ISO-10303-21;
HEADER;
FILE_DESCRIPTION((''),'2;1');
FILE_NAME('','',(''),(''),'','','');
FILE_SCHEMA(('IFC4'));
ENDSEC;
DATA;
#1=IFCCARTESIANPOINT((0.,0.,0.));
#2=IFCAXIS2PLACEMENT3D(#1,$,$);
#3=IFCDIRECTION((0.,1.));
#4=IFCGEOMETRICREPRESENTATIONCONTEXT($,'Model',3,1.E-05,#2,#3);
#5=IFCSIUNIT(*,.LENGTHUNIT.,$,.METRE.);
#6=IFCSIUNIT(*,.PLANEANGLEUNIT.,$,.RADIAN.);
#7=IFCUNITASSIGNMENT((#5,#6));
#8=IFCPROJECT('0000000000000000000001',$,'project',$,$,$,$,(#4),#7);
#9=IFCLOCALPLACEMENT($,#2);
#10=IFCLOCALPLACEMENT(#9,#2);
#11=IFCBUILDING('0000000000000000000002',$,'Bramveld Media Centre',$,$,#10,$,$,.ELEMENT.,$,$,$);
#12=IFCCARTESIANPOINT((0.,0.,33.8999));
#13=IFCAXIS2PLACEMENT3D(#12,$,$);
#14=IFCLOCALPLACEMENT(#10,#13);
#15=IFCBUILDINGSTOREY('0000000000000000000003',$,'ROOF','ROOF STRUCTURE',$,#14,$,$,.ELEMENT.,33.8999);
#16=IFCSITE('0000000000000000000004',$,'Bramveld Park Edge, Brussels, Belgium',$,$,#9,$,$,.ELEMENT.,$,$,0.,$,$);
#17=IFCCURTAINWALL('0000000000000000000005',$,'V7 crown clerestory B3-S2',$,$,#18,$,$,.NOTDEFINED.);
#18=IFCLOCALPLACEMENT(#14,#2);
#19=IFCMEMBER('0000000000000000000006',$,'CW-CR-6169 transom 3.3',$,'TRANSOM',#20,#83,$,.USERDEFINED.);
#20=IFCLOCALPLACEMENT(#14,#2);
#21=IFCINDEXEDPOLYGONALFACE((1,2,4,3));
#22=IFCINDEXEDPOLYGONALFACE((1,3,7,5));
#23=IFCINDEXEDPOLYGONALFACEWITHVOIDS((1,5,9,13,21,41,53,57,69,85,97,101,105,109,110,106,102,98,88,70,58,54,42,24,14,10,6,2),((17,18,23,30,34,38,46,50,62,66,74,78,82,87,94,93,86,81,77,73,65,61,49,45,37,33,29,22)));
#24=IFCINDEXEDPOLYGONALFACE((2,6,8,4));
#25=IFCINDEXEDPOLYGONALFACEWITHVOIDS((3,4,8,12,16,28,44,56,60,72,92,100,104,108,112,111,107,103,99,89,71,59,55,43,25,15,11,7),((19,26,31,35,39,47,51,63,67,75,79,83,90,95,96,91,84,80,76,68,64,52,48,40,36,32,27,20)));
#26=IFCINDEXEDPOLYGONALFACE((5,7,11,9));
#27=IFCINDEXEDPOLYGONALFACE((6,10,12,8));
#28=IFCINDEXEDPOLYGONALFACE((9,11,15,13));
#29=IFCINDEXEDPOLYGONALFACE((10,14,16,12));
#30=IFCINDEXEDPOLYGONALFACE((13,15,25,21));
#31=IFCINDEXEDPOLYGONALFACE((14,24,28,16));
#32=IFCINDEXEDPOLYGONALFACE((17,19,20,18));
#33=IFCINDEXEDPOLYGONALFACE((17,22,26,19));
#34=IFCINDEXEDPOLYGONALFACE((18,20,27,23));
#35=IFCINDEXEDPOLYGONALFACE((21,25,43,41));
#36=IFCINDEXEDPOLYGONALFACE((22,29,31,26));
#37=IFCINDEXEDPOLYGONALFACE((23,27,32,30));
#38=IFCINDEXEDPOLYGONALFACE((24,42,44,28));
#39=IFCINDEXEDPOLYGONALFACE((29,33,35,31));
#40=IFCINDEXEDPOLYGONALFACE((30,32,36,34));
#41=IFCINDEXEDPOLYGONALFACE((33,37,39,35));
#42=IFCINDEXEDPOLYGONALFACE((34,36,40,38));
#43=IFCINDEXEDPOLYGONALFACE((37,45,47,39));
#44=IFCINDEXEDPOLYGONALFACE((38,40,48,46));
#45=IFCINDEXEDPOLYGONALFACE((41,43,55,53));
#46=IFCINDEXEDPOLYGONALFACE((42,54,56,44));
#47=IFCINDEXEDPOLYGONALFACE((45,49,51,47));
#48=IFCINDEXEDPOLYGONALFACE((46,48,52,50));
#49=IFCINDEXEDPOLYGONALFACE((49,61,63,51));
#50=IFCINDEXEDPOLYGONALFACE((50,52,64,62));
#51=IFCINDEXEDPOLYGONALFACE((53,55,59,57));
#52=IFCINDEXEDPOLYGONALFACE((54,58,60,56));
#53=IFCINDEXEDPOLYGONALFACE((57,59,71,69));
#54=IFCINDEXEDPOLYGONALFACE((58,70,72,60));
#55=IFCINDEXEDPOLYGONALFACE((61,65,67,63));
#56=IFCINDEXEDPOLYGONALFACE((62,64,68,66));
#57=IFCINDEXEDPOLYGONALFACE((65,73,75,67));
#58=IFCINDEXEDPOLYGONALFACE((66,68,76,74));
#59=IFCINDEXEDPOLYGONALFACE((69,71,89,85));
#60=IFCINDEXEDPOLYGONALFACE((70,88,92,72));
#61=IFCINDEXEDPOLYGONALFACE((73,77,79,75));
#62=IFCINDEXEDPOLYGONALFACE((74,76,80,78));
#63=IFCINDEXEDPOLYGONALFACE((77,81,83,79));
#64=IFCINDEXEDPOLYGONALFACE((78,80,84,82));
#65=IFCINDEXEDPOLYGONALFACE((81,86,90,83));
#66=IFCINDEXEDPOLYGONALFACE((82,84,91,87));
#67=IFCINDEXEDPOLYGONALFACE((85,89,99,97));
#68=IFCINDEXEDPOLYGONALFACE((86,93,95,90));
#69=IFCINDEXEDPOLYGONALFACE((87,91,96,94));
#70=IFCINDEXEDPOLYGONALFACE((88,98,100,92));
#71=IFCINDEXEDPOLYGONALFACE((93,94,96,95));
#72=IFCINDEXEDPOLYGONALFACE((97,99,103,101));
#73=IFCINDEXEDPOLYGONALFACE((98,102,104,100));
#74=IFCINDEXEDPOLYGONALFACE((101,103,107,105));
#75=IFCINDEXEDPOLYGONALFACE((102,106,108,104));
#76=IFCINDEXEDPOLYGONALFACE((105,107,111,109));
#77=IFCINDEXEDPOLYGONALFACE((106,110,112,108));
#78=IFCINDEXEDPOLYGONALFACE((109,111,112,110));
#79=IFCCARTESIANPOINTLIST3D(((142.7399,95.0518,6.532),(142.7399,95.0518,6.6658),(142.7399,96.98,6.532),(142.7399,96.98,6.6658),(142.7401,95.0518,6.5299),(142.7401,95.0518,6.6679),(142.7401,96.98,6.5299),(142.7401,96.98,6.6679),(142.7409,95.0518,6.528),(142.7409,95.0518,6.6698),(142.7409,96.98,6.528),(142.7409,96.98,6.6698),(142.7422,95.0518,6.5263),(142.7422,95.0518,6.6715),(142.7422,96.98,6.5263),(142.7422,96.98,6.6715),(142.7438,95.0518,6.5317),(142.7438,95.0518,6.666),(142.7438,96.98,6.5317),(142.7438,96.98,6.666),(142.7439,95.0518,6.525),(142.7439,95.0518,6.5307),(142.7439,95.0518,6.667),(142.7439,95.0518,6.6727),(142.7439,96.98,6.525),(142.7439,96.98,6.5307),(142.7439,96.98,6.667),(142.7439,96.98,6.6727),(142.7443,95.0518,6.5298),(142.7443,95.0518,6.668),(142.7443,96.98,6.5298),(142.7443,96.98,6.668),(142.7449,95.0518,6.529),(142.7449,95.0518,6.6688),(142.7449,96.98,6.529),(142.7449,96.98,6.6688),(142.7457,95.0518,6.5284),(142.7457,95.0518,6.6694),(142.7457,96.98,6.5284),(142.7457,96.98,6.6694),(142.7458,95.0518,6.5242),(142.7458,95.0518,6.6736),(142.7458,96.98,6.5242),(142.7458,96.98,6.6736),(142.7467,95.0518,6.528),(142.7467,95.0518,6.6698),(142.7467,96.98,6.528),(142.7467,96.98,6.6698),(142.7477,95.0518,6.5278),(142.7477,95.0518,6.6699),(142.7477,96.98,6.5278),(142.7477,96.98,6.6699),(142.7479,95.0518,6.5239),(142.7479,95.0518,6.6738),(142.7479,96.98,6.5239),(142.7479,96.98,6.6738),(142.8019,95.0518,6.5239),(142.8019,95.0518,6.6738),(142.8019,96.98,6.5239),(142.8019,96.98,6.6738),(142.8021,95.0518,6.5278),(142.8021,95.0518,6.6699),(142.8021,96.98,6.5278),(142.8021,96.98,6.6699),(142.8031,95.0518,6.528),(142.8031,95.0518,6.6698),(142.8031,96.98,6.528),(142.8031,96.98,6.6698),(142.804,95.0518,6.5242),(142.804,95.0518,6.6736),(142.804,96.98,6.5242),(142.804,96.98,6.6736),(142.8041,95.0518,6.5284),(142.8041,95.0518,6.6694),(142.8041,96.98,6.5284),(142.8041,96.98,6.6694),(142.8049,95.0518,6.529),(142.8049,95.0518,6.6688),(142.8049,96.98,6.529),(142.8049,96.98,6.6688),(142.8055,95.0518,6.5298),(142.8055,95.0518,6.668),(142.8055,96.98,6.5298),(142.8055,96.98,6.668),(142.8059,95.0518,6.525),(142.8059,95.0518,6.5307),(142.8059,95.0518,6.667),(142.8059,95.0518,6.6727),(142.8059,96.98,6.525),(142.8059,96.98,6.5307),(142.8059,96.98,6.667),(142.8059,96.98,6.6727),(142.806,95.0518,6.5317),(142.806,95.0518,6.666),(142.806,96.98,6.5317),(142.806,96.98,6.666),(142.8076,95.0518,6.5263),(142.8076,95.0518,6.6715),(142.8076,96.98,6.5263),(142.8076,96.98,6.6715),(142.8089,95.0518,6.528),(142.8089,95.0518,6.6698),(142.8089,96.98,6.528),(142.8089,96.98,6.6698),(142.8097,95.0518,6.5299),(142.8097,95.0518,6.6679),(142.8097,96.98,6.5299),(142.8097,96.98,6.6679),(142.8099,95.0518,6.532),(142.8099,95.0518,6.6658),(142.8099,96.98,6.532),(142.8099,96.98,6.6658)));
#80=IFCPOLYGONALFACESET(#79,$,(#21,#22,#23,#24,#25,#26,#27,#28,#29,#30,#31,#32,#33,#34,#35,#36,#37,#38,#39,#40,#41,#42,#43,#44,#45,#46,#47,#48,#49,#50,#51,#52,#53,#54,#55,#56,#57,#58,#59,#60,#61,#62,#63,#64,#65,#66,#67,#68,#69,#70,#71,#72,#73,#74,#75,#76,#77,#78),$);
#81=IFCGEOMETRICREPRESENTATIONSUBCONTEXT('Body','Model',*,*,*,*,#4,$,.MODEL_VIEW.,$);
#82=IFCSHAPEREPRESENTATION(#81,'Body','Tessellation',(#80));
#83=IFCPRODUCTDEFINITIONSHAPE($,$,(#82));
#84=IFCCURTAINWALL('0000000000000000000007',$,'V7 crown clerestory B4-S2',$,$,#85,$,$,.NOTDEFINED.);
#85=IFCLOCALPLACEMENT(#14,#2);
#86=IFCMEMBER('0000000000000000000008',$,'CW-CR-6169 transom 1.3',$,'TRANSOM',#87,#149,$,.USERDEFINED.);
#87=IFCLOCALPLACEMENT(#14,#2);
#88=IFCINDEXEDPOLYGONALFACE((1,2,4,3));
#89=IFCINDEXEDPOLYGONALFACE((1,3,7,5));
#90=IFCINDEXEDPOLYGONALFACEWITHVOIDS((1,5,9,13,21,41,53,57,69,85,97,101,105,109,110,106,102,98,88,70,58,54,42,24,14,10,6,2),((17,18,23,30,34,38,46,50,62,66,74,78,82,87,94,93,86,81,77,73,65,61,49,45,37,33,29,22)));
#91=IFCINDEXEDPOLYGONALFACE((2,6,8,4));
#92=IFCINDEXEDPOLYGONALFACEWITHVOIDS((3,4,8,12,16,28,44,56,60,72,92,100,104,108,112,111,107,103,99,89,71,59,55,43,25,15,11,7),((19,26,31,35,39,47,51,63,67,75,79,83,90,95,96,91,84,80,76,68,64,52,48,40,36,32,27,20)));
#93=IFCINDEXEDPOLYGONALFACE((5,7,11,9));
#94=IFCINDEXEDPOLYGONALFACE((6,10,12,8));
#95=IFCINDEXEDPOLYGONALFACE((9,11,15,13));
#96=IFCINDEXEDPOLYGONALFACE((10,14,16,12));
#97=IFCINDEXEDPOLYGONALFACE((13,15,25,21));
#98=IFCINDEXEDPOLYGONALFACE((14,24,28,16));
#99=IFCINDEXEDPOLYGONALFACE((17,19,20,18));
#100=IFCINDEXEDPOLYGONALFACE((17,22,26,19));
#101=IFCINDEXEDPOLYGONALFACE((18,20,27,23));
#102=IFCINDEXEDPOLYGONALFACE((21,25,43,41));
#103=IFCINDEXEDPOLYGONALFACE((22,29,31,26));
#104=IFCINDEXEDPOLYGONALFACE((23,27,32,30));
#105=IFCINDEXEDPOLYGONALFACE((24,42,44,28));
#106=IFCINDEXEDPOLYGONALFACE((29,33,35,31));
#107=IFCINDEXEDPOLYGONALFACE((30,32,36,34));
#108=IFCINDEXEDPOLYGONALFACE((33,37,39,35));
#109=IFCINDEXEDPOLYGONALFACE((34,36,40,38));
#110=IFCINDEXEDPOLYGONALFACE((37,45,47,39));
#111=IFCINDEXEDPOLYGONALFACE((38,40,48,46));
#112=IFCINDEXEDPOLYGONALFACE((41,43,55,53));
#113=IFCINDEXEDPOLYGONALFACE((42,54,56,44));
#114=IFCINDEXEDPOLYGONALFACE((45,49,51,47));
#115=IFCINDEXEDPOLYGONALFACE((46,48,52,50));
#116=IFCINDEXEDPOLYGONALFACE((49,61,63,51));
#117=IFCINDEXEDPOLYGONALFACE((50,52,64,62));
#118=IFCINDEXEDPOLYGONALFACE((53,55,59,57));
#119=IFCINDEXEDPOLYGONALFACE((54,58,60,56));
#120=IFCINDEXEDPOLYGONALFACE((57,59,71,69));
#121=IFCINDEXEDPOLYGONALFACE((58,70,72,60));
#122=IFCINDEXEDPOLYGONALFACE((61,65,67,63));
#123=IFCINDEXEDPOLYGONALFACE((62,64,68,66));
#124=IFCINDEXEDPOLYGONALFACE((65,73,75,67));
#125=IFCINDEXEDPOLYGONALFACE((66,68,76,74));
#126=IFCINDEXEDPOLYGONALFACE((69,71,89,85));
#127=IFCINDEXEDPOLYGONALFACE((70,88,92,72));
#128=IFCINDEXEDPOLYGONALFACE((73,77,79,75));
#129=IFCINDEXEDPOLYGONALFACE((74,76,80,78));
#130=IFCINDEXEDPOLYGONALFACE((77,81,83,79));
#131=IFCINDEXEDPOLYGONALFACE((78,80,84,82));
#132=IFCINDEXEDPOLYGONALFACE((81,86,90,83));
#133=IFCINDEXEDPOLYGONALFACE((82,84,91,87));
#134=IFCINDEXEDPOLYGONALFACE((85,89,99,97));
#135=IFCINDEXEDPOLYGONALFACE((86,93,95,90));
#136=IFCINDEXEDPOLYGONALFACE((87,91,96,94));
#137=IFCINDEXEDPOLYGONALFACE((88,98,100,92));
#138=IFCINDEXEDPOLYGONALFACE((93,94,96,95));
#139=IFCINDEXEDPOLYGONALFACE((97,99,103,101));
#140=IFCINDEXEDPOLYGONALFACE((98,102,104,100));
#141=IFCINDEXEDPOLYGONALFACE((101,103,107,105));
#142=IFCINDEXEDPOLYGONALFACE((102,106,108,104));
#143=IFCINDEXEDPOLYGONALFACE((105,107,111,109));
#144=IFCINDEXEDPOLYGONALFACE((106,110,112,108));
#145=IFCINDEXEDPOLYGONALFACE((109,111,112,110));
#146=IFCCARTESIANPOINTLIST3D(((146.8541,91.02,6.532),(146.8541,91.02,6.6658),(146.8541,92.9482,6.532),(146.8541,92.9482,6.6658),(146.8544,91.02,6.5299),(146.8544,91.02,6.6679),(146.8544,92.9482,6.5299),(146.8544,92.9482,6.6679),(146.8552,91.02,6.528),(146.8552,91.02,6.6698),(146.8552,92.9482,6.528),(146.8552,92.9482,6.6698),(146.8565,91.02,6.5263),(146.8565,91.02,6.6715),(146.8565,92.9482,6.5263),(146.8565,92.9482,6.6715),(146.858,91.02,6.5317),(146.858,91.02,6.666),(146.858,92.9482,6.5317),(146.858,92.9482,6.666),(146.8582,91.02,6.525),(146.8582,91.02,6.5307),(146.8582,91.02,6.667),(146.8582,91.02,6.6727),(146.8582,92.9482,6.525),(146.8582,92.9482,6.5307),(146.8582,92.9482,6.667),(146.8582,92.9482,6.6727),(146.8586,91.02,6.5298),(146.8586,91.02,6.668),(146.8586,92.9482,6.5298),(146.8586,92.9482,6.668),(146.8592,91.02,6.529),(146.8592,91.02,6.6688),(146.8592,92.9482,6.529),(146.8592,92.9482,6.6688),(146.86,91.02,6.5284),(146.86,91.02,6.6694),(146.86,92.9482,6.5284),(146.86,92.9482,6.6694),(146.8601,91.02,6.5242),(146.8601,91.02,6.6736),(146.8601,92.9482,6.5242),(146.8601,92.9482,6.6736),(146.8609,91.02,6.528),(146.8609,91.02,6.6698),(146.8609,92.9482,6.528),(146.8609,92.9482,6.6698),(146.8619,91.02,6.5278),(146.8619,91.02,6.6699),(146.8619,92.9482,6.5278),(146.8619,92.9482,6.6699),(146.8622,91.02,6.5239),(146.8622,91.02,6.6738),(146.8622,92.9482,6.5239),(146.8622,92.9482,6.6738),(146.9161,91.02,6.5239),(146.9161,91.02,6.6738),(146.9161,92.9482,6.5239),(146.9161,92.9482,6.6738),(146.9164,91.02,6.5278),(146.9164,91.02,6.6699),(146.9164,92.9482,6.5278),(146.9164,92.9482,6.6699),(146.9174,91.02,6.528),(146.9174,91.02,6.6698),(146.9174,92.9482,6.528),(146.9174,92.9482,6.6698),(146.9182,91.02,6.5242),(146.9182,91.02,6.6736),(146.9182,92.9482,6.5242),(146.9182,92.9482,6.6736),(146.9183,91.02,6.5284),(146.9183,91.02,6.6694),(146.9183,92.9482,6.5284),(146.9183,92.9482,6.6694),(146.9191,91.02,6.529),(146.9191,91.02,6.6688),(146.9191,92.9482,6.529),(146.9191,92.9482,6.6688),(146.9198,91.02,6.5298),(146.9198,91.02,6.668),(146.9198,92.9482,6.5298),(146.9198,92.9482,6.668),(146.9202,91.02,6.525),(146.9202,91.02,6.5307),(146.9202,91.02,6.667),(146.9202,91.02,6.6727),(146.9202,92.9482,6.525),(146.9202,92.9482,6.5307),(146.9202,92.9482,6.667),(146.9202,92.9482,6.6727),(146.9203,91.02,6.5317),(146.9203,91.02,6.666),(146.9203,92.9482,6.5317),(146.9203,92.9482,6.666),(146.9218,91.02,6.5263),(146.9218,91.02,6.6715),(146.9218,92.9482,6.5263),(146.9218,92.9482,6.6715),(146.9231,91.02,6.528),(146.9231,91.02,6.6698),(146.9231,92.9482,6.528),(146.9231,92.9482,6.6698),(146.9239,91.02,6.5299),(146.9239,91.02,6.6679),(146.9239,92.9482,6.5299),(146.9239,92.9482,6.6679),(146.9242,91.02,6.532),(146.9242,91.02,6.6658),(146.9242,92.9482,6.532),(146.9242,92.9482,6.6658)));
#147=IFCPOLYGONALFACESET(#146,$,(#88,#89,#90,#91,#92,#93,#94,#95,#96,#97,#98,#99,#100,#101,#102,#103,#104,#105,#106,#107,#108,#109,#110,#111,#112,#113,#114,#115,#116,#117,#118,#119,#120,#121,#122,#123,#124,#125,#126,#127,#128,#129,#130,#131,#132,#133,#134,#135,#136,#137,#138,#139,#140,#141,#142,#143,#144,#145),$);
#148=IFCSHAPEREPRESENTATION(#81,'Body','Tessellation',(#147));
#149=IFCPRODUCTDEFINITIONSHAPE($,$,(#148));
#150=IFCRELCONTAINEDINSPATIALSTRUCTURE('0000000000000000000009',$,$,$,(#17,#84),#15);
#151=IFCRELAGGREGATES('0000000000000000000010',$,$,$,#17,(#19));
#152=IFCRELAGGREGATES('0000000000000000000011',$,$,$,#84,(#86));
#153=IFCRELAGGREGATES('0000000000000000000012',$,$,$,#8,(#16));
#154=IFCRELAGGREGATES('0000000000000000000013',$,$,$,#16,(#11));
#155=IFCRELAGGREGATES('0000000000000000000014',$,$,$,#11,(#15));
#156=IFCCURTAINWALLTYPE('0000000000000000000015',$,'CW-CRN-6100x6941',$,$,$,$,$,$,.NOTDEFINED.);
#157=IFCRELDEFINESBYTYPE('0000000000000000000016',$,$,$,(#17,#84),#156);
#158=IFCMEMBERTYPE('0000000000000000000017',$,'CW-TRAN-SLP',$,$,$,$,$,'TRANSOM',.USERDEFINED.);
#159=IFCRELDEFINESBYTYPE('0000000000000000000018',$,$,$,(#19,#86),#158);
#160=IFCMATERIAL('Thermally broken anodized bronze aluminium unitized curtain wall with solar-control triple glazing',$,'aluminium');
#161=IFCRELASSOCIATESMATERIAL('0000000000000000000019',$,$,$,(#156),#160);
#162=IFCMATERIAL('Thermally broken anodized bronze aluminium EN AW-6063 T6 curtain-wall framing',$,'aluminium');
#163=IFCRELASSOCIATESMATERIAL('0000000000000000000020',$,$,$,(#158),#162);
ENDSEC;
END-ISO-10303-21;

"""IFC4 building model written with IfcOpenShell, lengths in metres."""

from ifc_helpers import new_model, si_unit, direction, frame, origin, origin_2d, place, context, subcontext, project, spatial, hollow_rectangle, extrude, material, material_profile, profile_set, type_object, element, aggregate, save


model = new_model("IFC4")

# Units and contexts
model_context = context("Model", 3, precision=1e-05, world=origin(), true_north=direction((0.0, 1.0)))
body_context = subcontext(model_context, "Body", "Model", "MODEL_VIEW")
ifc_project = project(units=[si_unit("LENGTHUNIT", "METRE"), si_unit("PLANEANGLEUNIT", "RADIAN")], contexts=[model_context])

# Site, building, storey
site_placement = place(None, origin())
site = spatial("IfcSite", under=ifc_project, at=site_placement, Name="Bramveld Park Edge, Brussels, Belgium", CompositionType="ELEMENT", RefElevation=0.0)
building_placement = place(site_placement, origin())
building = spatial("IfcBuilding", under=site, at=building_placement, Name="Bramveld Media Centre", CompositionType="ELEMENT")
storey_placement = place(building_placement, frame((0.0, 0.0, 33.8999)))
storey = spatial("IfcBuildingStorey", under=building, at=storey_placement, Name="ROOF", Description="ROOF STRUCTURE", CompositionType="ELEMENT", Elevation=33.8999)

# Curtain wall
ifc_material_1 = material(Name="Thermally broken anodized bronze aluminium unitized curtain wall with solar-control triple glazing", Category="aluminium")
curtain_wall_type = type_object("IfcCurtainWallType", Name="CW-CRN-6100x6941", PredefinedType="NOTDEFINED", material=ifc_material_1)
curtain_wall_1_placement = place(storey_placement, origin())
curtain_wall_1 = element("IfcCurtainWall", 1, at=curtain_wall_1_placement, inside=storey, type_object=curtain_wall_type, Name="V7 crown clerestory B3-S2", PredefinedType="NOTDEFINED")

# Member
ifc_material_2 = material(Name="Thermally broken anodized bronze aluminium EN AW-6063 T6 curtain-wall framing", Category="aluminium")
ifc_material_profile_1 = material_profile(ifc_material_2, hollow_rectangle(XDim=0.0701, YDim=0.1499, WallThickness=0.0039, InnerFilletRadius=0.0039, OuterFilletRadius=0.0081, at=origin_2d()), Name="AL-TRAN 70x150")
ifc_profile_set_1 = profile_set([ifc_material_profile_1], Name="Thermally broken anodized bronze aluminium EN AW-6063 T6 curtain-wall framing")
member_type_1 = type_object("IfcMemberType", Name="CW-TRAN-SLP", ElementType="TRANSOM", PredefinedType="USERDEFINED", material=ifc_profile_set_1)
member_1_placement = place(storey_placement, frame((142.7749, 95.0518, 6.5989), z_axis=(0.0, 1.0, 0.0), x_axis=(-1.0, 0.0, 0.0)))
member_1 = element("IfcMember", 2, at=member_1_placement, type_object=member_type_1, Name="CW-CR-6169 transom 3.3", ObjectType="TRANSOM", PredefinedType="USERDEFINED", context=body_context, shape_type="SweptSolid", body=[
    extrude(hollow_rectangle(XDim=0.0701, YDim=0.1499, WallThickness=0.0039, InnerFilletRadius=0.0039, OuterFilletRadius=0.0081, at=origin_2d()), origin(), (0.0, 0.0, 1.0), 1.9282),
])

# Curtain wall, member
curtain_wall_2_placement = place(storey_placement, origin())
curtain_wall_2 = element("IfcCurtainWall", 3, at=curtain_wall_2_placement, inside=storey, type_object=curtain_wall_type, Name="V7 crown clerestory B4-S2", PredefinedType="NOTDEFINED")
member_2_placement = place(storey_placement, frame((146.8892, 91.02, 6.5989), z_axis=(0.0, 1.0, 0.0), x_axis=(-1.0, 0.0, 0.0)))
member_2 = element("IfcMember", 4, at=member_2_placement, type_object=member_type_1, Name="CW-CR-6169 transom 1.3", ObjectType="TRANSOM", PredefinedType="USERDEFINED", context=body_context, shape_type="SweptSolid", body=[
    extrude(hollow_rectangle(XDim=0.0701, YDim=0.1499, WallThickness=0.0039, InnerFilletRadius=0.0039, OuterFilletRadius=0.0081, at=origin_2d()), origin(), (0.0, 0.0, 1.0), 1.9282),
])

aggregate(curtain_wall_1, [member_1])
aggregate(curtain_wall_2, [member_2])

save(model, "model.ifc")
